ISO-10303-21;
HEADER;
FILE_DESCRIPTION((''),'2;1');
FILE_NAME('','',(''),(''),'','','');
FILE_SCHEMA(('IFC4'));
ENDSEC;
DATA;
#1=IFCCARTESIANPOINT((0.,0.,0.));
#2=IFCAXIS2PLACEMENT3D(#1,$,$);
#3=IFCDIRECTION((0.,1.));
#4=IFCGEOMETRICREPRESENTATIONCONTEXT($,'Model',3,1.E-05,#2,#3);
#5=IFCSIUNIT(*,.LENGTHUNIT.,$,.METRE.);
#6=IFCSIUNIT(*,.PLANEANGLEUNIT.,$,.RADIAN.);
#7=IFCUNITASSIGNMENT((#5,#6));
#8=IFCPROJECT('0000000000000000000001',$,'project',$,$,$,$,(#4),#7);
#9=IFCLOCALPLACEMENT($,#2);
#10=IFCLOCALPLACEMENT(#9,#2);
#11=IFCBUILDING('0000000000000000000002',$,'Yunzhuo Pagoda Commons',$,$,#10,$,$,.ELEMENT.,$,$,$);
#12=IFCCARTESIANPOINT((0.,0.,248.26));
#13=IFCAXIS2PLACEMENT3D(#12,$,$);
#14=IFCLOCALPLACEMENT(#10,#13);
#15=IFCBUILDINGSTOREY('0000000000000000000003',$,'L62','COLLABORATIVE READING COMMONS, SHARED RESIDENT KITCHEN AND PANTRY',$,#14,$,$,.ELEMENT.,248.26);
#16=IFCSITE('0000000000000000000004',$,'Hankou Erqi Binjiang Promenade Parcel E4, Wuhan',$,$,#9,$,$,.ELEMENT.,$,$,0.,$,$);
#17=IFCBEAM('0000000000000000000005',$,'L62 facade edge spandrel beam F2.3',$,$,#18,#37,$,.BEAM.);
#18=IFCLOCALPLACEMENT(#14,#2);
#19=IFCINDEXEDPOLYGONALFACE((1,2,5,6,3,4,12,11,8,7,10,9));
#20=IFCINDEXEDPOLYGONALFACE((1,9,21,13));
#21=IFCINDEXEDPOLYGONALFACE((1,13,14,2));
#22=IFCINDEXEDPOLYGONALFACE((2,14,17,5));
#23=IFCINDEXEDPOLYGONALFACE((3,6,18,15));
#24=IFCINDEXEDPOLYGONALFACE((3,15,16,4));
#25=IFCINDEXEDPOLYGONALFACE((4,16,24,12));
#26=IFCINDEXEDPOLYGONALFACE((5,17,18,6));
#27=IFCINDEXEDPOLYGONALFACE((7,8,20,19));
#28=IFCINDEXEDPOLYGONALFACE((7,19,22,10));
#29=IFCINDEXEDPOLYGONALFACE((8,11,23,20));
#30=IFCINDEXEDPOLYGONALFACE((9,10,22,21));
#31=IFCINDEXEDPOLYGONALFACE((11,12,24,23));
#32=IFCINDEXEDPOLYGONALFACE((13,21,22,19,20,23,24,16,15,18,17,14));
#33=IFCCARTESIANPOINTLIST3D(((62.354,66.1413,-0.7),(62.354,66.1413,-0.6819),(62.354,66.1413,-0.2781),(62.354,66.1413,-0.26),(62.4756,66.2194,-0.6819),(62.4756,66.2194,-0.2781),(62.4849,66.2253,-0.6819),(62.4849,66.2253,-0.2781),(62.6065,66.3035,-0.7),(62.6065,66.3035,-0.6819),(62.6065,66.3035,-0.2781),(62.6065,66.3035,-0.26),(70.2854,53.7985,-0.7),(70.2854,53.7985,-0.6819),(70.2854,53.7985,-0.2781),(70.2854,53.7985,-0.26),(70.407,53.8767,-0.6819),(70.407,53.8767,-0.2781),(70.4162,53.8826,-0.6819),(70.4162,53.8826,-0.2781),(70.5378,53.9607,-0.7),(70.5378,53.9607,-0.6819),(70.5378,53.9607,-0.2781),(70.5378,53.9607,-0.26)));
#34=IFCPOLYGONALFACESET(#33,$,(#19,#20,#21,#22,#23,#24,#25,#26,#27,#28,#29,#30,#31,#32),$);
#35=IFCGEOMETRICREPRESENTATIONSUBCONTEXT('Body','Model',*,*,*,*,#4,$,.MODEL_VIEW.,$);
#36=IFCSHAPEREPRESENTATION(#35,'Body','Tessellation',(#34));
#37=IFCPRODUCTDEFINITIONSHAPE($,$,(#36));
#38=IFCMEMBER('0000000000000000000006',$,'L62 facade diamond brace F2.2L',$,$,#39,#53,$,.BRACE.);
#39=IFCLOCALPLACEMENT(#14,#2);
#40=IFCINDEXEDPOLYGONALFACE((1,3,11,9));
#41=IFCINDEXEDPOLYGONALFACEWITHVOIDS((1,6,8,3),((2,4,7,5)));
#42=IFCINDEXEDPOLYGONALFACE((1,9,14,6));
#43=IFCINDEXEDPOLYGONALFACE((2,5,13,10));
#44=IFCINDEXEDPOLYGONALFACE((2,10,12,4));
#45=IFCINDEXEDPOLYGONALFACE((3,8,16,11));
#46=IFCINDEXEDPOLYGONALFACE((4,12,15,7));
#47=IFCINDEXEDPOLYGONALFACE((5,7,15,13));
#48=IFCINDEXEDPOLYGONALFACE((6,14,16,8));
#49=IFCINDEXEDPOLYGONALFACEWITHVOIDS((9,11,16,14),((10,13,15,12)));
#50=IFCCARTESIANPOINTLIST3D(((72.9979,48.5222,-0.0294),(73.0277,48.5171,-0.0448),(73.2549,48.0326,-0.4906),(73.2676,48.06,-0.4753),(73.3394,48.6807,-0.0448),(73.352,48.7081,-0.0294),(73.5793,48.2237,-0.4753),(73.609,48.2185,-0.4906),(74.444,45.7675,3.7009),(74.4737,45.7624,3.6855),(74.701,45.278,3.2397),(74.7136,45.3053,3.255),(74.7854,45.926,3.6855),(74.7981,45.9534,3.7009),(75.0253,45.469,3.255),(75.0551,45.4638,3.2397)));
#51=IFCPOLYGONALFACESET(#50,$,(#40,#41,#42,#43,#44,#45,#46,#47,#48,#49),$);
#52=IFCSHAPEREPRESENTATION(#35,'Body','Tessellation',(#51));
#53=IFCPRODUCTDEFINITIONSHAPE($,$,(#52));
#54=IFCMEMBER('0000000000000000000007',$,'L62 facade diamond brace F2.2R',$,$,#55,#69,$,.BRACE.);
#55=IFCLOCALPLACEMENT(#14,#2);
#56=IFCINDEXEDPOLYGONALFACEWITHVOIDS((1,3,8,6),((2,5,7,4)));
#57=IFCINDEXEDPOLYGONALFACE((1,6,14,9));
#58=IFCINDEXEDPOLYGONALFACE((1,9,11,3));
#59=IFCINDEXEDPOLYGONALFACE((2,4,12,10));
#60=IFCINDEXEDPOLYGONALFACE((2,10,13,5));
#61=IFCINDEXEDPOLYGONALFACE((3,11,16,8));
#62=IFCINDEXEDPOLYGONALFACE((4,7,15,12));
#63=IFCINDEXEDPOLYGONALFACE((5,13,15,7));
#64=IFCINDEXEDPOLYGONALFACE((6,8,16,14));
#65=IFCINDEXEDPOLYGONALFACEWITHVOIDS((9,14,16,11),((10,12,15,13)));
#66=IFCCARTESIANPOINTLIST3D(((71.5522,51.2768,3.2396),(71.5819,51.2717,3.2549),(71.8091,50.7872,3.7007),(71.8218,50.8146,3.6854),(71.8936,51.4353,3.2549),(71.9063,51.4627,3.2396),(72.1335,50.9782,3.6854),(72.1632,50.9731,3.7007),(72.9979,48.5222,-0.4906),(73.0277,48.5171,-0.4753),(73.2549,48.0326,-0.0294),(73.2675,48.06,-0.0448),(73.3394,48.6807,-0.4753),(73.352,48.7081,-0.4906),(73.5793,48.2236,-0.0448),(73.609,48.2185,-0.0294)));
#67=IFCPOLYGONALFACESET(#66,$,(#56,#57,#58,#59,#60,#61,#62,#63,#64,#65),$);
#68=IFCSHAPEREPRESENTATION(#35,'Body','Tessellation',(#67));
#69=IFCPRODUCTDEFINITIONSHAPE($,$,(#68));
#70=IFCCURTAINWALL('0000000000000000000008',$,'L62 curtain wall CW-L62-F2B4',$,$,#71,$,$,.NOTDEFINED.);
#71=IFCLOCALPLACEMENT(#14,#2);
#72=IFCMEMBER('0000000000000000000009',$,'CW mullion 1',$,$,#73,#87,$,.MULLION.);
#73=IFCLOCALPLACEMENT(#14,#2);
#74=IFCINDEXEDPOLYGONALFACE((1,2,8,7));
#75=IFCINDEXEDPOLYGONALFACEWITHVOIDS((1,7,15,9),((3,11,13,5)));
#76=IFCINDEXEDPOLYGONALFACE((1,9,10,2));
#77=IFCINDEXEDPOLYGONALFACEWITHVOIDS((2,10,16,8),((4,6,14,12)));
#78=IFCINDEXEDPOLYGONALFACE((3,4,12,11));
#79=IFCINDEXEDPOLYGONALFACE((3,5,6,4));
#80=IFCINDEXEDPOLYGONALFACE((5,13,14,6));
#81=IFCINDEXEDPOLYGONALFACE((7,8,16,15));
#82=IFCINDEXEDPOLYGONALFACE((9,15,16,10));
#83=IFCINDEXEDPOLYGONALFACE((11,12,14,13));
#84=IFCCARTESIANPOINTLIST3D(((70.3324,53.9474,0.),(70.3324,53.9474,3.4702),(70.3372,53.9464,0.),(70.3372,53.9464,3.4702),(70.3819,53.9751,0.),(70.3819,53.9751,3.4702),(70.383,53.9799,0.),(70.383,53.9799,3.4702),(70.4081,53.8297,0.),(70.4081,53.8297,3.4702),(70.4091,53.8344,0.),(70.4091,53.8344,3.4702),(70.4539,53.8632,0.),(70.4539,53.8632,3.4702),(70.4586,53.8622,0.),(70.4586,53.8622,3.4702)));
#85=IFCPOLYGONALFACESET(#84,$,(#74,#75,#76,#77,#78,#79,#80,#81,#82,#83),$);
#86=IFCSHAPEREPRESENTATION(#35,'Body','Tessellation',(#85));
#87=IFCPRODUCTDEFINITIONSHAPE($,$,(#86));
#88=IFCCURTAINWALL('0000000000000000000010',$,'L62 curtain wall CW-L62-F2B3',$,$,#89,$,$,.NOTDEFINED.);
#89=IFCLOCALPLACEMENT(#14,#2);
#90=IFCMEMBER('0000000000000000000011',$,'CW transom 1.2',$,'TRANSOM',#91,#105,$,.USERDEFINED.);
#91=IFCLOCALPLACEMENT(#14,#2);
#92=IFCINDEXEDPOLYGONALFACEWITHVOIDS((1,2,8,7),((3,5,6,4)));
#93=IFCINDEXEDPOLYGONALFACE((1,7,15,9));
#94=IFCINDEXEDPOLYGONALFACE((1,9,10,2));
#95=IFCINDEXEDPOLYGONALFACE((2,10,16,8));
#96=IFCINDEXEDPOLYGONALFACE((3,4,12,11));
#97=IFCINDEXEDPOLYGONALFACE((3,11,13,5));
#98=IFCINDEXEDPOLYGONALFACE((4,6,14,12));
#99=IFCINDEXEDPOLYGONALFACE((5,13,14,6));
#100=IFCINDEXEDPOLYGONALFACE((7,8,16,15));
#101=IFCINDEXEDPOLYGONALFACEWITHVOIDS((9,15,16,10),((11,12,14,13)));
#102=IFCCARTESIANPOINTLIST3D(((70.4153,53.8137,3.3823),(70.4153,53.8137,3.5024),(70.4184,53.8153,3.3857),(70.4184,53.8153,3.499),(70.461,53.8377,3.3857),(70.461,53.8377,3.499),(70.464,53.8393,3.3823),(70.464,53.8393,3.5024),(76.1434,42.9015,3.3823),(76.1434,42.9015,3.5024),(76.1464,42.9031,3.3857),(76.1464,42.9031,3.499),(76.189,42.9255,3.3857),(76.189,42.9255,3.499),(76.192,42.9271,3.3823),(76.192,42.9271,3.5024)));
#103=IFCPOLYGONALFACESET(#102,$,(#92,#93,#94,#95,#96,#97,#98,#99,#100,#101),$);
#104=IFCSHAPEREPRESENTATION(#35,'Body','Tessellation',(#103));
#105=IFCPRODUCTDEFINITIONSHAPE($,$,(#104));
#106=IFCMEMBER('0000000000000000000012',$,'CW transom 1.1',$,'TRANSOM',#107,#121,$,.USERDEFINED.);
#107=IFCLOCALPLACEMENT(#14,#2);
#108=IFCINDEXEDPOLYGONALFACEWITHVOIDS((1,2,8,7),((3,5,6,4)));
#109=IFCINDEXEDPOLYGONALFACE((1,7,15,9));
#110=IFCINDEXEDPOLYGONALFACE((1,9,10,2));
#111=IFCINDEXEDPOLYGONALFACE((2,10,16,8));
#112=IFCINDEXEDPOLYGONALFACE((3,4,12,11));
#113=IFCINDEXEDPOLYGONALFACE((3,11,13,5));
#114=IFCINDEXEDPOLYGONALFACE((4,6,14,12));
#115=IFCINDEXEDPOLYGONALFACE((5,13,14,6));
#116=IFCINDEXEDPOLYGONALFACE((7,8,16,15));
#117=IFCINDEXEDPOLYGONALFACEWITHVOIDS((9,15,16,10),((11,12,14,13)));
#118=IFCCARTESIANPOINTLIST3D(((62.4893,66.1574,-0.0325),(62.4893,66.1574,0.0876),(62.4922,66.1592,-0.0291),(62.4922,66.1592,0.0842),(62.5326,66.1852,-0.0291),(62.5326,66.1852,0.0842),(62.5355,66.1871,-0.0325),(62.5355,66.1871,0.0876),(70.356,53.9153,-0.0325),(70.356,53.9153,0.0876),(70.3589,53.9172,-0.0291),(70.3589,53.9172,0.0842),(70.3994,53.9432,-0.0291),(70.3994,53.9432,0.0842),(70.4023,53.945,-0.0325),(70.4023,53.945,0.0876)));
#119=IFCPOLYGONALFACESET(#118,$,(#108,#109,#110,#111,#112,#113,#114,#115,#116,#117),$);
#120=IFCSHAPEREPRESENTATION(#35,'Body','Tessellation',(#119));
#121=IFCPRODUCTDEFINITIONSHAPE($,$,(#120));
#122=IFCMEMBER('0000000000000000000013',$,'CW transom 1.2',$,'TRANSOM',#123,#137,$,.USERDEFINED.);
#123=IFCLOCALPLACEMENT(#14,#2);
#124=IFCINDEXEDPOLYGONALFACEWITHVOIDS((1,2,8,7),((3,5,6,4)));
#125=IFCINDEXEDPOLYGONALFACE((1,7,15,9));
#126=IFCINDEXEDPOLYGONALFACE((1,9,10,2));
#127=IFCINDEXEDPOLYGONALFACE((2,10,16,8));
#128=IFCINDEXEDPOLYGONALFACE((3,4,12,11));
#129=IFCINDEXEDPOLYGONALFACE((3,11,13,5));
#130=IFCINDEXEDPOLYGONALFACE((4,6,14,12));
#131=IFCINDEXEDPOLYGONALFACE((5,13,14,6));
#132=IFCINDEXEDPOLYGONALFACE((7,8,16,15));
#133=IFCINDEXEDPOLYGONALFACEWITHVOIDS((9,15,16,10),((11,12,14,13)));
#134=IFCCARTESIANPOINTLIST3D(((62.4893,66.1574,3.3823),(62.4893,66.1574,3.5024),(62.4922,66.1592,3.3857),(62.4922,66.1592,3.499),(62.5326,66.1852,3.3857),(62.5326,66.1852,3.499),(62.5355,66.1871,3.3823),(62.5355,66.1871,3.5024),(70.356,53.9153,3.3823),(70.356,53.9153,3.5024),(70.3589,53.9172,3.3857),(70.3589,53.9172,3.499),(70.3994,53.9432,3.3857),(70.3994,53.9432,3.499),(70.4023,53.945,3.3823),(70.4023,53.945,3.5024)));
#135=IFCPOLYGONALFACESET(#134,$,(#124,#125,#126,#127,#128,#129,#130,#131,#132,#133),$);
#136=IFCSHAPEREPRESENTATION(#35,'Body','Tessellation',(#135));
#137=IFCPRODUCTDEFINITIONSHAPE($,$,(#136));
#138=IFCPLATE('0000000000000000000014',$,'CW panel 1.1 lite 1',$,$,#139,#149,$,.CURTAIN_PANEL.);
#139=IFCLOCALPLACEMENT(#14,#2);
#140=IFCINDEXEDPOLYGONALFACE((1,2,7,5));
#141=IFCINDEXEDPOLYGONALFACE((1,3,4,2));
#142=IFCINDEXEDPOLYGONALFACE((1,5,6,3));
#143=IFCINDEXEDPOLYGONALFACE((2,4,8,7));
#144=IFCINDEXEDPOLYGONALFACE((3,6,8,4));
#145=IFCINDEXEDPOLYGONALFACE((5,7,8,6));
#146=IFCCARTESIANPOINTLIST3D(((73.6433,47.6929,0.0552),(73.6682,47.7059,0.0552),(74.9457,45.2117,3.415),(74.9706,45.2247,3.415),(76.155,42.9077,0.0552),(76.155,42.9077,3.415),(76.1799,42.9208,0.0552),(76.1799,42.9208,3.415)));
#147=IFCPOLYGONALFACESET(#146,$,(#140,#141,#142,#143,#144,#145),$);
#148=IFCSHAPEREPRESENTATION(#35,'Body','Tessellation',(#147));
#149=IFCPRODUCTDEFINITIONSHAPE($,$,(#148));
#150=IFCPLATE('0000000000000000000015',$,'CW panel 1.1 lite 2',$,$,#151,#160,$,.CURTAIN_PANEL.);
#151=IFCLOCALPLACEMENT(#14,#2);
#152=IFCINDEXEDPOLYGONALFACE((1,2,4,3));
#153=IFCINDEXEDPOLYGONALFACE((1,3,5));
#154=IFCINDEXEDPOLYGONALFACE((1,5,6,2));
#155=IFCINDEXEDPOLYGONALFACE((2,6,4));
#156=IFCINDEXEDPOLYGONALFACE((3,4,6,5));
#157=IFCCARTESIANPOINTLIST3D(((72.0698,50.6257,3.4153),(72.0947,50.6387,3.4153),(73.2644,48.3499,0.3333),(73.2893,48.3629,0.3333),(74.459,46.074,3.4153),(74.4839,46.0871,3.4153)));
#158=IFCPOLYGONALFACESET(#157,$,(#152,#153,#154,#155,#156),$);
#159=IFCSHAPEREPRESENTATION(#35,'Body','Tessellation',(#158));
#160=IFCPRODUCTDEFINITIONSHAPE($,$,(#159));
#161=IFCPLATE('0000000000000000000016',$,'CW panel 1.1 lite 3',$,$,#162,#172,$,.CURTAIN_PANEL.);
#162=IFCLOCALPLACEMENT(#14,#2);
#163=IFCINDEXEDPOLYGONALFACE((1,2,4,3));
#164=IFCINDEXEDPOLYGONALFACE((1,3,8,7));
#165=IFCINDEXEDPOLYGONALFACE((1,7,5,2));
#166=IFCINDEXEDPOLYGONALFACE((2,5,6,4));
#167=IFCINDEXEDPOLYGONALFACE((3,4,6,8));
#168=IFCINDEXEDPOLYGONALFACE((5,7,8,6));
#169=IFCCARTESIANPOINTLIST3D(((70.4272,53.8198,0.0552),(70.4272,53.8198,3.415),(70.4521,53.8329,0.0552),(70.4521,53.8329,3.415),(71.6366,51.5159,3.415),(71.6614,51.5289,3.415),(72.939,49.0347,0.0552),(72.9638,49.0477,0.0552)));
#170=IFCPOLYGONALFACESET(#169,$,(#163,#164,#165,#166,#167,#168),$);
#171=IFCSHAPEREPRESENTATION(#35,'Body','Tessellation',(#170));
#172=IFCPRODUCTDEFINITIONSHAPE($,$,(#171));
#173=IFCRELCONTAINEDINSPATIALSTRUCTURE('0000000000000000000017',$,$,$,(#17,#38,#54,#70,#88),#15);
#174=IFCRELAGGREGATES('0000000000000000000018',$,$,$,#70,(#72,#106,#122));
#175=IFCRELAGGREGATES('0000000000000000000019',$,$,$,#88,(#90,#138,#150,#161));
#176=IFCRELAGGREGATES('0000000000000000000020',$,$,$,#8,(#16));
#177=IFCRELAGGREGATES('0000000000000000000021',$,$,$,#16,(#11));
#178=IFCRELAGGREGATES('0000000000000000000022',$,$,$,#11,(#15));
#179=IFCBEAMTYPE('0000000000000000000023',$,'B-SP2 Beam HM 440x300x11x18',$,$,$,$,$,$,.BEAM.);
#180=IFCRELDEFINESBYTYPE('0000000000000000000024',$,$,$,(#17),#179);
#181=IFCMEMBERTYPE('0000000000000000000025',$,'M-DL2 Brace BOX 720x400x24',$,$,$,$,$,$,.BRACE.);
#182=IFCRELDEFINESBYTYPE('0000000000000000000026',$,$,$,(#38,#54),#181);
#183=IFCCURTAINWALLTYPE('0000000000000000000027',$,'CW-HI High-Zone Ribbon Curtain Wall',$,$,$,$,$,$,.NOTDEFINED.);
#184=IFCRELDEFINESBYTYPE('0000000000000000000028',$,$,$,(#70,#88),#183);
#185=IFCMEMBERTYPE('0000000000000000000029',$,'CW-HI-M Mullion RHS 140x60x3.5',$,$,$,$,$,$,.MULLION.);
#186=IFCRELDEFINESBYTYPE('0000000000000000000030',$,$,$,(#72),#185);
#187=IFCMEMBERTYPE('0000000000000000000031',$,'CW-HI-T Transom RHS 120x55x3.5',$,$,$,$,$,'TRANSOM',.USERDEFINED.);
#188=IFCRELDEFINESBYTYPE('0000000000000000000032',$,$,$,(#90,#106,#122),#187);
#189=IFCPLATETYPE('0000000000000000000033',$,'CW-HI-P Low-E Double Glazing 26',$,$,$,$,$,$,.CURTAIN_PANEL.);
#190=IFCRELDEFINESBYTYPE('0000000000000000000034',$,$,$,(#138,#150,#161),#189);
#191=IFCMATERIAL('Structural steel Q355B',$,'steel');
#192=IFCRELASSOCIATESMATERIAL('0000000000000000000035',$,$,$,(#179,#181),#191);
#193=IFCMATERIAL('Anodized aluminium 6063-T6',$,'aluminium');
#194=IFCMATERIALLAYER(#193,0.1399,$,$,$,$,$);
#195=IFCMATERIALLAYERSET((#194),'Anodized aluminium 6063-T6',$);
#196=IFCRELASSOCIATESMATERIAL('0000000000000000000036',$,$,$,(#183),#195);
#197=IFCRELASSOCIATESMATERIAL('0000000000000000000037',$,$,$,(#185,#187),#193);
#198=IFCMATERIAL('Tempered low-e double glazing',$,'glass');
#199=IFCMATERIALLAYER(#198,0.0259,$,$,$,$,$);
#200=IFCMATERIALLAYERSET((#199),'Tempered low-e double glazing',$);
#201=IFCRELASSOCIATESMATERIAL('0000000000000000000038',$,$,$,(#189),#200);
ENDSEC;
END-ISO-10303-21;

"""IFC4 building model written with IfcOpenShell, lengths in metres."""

from ifc_helpers import new_model, si_unit, direction, frame, origin, origin_2d, place, context, subcontext, project, spatial, polyline, hollow_rectangle, i_section, outline, extrude, source, transform, mapped, material, layer, layer_set, material_profile, profile_set, type_object, element, aggregate, save


model = new_model("IFC4")

# Units and contexts
model_context = context("Model", 3, precision=1e-05, world=origin(), true_north=direction((0.0, 1.0)))
body_context = subcontext(model_context, "Body", "Model", "MODEL_VIEW")
ifc_project = project(units=[si_unit("LENGTHUNIT", "METRE"), si_unit("PLANEANGLEUNIT", "RADIAN")], contexts=[model_context])

# Site, building, storey
site_placement = place(None, origin())
site = spatial("IfcSite", under=ifc_project, at=site_placement, Name="Hankou Erqi Binjiang Promenade Parcel E4, Wuhan", CompositionType="ELEMENT", RefElevation=0.0)
building_placement = place(site_placement, origin())
building = spatial("IfcBuilding", under=site, at=building_placement, Name="Yunzhuo Pagoda Commons", CompositionType="ELEMENT")
storey_placement = place(building_placement, frame((0.0, 0.0, 248.26)))
storey = spatial("IfcBuildingStorey", under=building, at=storey_placement, Name="L62", Description="COLLABORATIVE READING COMMONS, SHARED RESIDENT KITCHEN AND PANTRY", CompositionType="ELEMENT", Elevation=248.26)

# Shared definitions
ifc_material_1 = material(Name="Structural steel Q355B", Category="steel")

# Beam
ifc_material_profile_1 = material_profile(ifc_material_1, i_section(OverallWidth=0.3, OverallDepth=0.4399, WebThickness=0.011, FlangeThickness=0.0181, at=origin_2d()), Name="Structural steel Q355B")
ifc_profile_set_1 = profile_set([ifc_material_profile_1], Name="Structural steel Q355B")
beam_type_1 = type_object("IfcBeamType", Name="B-SP2 Beam HM 440x300x11x18", PredefinedType="BEAM", material=ifc_profile_set_1)
shared_shape_1 = source(origin(), body_context, "Body", "SweptSolid", [
    extrude(i_section(OverallWidth=0.3, OverallDepth=0.4399, WebThickness=0.011, FlangeThickness=0.0181, at=origin_2d()), origin(), (0.0, 0.0, 1.0), 14.6714),
])
beam_1_placement = place(storey_placement, frame((70.4116, 53.8796, -0.48), z_axis=(-0.540601, 0.841279, 0.0), x_axis=(-0.841279, -0.540601, 0.0)))
element("IfcBeam", 1, at=beam_1_placement, inside=storey, type_object=beam_type_1, Name="L62 facade edge spandrel beam F2.3", PredefinedType="BEAM", context=body_context, shape_type="MappedRepresentation", body=[
    mapped(shared_shape_1, transform((0.0, 0.0, 0.0), scale=1.0)),
])

# Members
ifc_material_profile_2 = material_profile(ifc_material_1, hollow_rectangle(XDim=0.3999, YDim=0.72, WallThickness=0.0239, at=origin_2d()), Name="Structural steel Q355B")
ifc_profile_set_2 = profile_set([ifc_material_profile_2], Name="Structural steel Q355B")
member_type_1 = type_object("IfcMemberType", Name="M-DL2 Brace BOX 720x400x24", PredefinedType="BRACE", material=ifc_profile_set_2)
shared_shape_2 = source(origin(), body_context, "Body", "SweptSolid", [
    extrude(hollow_rectangle(XDim=0.3999, YDim=0.72, WallThickness=0.0239, at=origin_2d()), origin(), (0.0, 0.0, 1.0), 4.8574),
])
member_1_placement = place(storey_placement, frame((73.3035, 48.3704, -0.26), z_axis=(0.297704, -0.56711, 0.767958), x_axis=(0.885416, 0.464799, 0.0)))
element("IfcMember", 2, at=member_1_placement, inside=storey, type_object=member_type_1, Name="L62 facade diamond brace F2.2L", PredefinedType="BRACE", context=body_context, shape_type="MappedRepresentation", body=[
    mapped(shared_shape_2, transform((0.0, 0.0, 0.0), scale=1.0)),
])
shared_shape_3 = source(origin(), body_context, "Body", "SweptSolid", [
    extrude(hollow_rectangle(XDim=0.3999, YDim=0.72, WallThickness=0.0239, at=origin_2d()), origin(), (0.0, 0.0, 1.0), 4.8572),
])
member_2_placement = place(storey_placement, frame((73.3035, 48.3704, -0.26), z_axis=(-0.297658, 0.567118, 0.767969), x_axis=(-0.885449, -0.464737, 0.0)))
element("IfcMember", 3, at=member_2_placement, inside=storey, type_object=member_type_1, Name="L62 facade diamond brace F2.2R", PredefinedType="BRACE", context=body_context, shape_type="MappedRepresentation", body=[
    mapped(shared_shape_3, transform((0.0, 0.0, 0.0), scale=1.0)),
])

# Curtain walls, members
ifc_material_2 = material(Name="Anodized aluminium 6063-T6", Category="aluminium")
ifc_layer_1 = layer(ifc_material_2, 0.1399)
ifc_layer_set_1 = layer_set([ifc_layer_1], Name="Anodized aluminium 6063-T6")
curtain_wall_type = type_object("IfcCurtainWallType", Name="CW-HI High-Zone Ribbon Curtain Wall", PredefinedType="NOTDEFINED", material=ifc_layer_set_1)
curtain_wall_1_placement = place(storey_placement, origin())
curtain_wall_1 = element("IfcCurtainWall", 4, at=curtain_wall_1_placement, inside=storey, type_object=curtain_wall_type, Name="L62 curtain wall CW-L62-F2B4", PredefinedType="NOTDEFINED")
ifc_material_profile_3 = material_profile(ifc_material_2, hollow_rectangle(XDim=0.0601, YDim=0.1399, WallThickness=0.0034, at=origin_2d()), Name="Anodized aluminium 6063-T6")
ifc_profile_set_3 = profile_set([ifc_material_profile_3], Name="Anodized aluminium 6063-T6")
member_type_2 = type_object("IfcMemberType", Name="CW-HI-M Mullion RHS 140x60x3.5", PredefinedType="MULLION", material=ifc_profile_set_3)
shared_shape_4 = source(origin(), body_context, "Body", "SweptSolid", [
    extrude(hollow_rectangle(XDim=0.0601, YDim=0.1399, WallThickness=0.0034, at=origin_2d()), origin(), (0.0, 0.0, 1.0), 3.4702),
])
member_3_placement = place(storey_placement, frame((70.3955, 53.9048, 0.0), z_axis=(0.0, 0.0, 1.0), x_axis=(-0.841269, -0.540617, 0.0)))
member_3 = element("IfcMember", 5, at=member_3_placement, type_object=member_type_2, Name="CW mullion 1", PredefinedType="MULLION", context=body_context, shape_type="MappedRepresentation", body=[
    mapped(shared_shape_4, transform((0.0, 0.0, 0.0), scale=1.0)),
])
curtain_wall_2_placement = place(storey_placement, origin())
curtain_wall_2 = element("IfcCurtainWall", 6, at=curtain_wall_2_placement, inside=storey, type_object=curtain_wall_type, Name="L62 curtain wall CW-L62-F2B3", PredefinedType="NOTDEFINED")
ifc_material_profile_4 = material_profile(ifc_material_2, hollow_rectangle(XDim=0.0549, YDim=0.1201, WallThickness=0.0034, at=origin_2d()), Name="Anodized aluminium 6063-T6")
ifc_profile_set_4 = profile_set([ifc_material_profile_4], Name="Anodized aluminium 6063-T6")
member_type_3 = type_object("IfcMemberType", Name="CW-HI-T Transom RHS 120x55x3.5", ElementType="TRANSOM", PredefinedType="USERDEFINED", material=ifc_profile_set_4)
shared_shape_5 = source(origin(), body_context, "Body", "SweptSolid", [
    extrude(hollow_rectangle(XDim=0.0549, YDim=0.1201, WallThickness=0.0034, at=origin_2d()), origin(), (0.0, 0.0, 1.0), 12.3242),
])
member_4_placement = place(storey_placement, frame((76.1677, 42.9143, 3.4424), z_axis=(-0.464781, 0.885426, 0.0), x_axis=(-0.885426, -0.464781, 0.0)))
member_4 = element("IfcMember", 7, at=member_4_placement, type_object=member_type_3, Name="CW transom 1.2", ObjectType="TRANSOM", PredefinedType="USERDEFINED", context=body_context, shape_type="MappedRepresentation", body=[
    mapped(shared_shape_5, transform((0.0, 0.0, 0.0), scale=1.0)),
])

# Members
shared_shape_6 = source(origin(), body_context, "Body", "SweptSolid", [
    extrude(hollow_rectangle(XDim=0.0549, YDim=0.1201, WallThickness=0.0034, at=origin_2d()), origin(), (0.0, 0.0, 1.0), 14.5518),
])
member_5_placement = place(storey_placement, frame((70.3792, 53.9302, 0.0276), z_axis=(-0.540606, 0.841276, 0.0), x_axis=(-0.841276, -0.540606, 0.0)))
member_5 = element("IfcMember", 8, at=member_5_placement, type_object=member_type_3, Name="CW transom 1.1", ObjectType="TRANSOM", PredefinedType="USERDEFINED", context=body_context, shape_type="MappedRepresentation", body=[
    mapped(shared_shape_6, transform((0.0, 0.0, 0.0), scale=1.0)),
])
member_6_placement = place(storey_placement, frame((70.3792, 53.9302, 3.4424), z_axis=(-0.540606, 0.841276, 0.0), x_axis=(-0.841276, -0.540606, 0.0)))
member_6 = element("IfcMember", 9, at=member_6_placement, type_object=member_type_3, Name="CW transom 1.2", ObjectType="TRANSOM", PredefinedType="USERDEFINED", context=body_context, shape_type="MappedRepresentation", body=[
    mapped(shared_shape_6, transform((0.0, 0.0, 0.0), scale=1.0)),
])
aggregate(curtain_wall_1, [member_3, member_5, member_6])

# Plates
ifc_material_3 = material(Name="Tempered low-e double glazing", Category="glass")
ifc_layer_2 = layer(ifc_material_3, 0.0259)
ifc_layer_set_2 = layer_set([ifc_layer_2], Name="Tempered low-e double glazing")
plate_type_1 = type_object("IfcPlateType", Name="CW-HI-P Low-E Double Glazing 26", PredefinedType="CURTAIN_PANEL", material=ifc_layer_set_2)
plate_1_placement = place(storey_placement, frame((74.8992, 45.3003, 1.7351), z_axis=(0.885433, 0.464767, 0.0), x_axis=(-0.464767, 0.885433, 0.0)))
plate_1 = element("IfcPlate", 10, at=plate_1_placement, type_object=plate_type_1, Name="CW panel 1.1 lite 1", PredefinedType="CURTAIN_PANEL", context=body_context, shape_type="SweptSolid", body=[
    extrude(outline(polyline([(-2.7021, -1.6799), (2.7021, -1.6799), (-0.1001, 1.6799), (-2.7021, 1.6799), (-2.7021, -1.6799)])), origin(), (0.0, 0.0, 1.0), 0.0281),
])
plate_2_placement = place(storey_placement, frame((73.2644, 48.3499, 1.8743), z_axis=(0.885433, 0.464767, 0.0), x_axis=(-0.464767, 0.885433, 0.0)))
plate_2 = element("IfcPlate", 11, at=plate_2_placement, type_object=plate_type_1, Name="CW panel 1.1 lite 2", PredefinedType="CURTAIN_PANEL", context=body_context, shape_type="SweptSolid", body=[
    extrude(outline(polyline([(-2.5703, 1.541), (0.0, -1.541), (2.5703, 1.541), (-2.5703, 1.541)])), origin(), (0.0, 0.0, 1.0), 0.0281),
])
plate_3_placement = place(storey_placement, frame((71.6831, 51.4272, 1.7351), z_axis=(0.885433, 0.464767, 0.0), x_axis=(-0.464767, 0.885433, 0.0)))
plate_3 = element("IfcPlate", 12, at=plate_3_placement, type_object=plate_type_1, Name="CW panel 1.1 lite 3", PredefinedType="CURTAIN_PANEL", context=body_context, shape_type="SweptSolid", body=[
    extrude(outline(polyline([(-2.7021, -1.6799), (2.7021, -1.6799), (2.7021, 1.6799), (0.1001, 1.6799), (-2.7021, -1.6799)])), origin(), (0.0, 0.0, 1.0), 0.0281),
])
aggregate(curtain_wall_2, [member_4, plate_1, plate_2, plate_3])

save(model, "model.ifc")
